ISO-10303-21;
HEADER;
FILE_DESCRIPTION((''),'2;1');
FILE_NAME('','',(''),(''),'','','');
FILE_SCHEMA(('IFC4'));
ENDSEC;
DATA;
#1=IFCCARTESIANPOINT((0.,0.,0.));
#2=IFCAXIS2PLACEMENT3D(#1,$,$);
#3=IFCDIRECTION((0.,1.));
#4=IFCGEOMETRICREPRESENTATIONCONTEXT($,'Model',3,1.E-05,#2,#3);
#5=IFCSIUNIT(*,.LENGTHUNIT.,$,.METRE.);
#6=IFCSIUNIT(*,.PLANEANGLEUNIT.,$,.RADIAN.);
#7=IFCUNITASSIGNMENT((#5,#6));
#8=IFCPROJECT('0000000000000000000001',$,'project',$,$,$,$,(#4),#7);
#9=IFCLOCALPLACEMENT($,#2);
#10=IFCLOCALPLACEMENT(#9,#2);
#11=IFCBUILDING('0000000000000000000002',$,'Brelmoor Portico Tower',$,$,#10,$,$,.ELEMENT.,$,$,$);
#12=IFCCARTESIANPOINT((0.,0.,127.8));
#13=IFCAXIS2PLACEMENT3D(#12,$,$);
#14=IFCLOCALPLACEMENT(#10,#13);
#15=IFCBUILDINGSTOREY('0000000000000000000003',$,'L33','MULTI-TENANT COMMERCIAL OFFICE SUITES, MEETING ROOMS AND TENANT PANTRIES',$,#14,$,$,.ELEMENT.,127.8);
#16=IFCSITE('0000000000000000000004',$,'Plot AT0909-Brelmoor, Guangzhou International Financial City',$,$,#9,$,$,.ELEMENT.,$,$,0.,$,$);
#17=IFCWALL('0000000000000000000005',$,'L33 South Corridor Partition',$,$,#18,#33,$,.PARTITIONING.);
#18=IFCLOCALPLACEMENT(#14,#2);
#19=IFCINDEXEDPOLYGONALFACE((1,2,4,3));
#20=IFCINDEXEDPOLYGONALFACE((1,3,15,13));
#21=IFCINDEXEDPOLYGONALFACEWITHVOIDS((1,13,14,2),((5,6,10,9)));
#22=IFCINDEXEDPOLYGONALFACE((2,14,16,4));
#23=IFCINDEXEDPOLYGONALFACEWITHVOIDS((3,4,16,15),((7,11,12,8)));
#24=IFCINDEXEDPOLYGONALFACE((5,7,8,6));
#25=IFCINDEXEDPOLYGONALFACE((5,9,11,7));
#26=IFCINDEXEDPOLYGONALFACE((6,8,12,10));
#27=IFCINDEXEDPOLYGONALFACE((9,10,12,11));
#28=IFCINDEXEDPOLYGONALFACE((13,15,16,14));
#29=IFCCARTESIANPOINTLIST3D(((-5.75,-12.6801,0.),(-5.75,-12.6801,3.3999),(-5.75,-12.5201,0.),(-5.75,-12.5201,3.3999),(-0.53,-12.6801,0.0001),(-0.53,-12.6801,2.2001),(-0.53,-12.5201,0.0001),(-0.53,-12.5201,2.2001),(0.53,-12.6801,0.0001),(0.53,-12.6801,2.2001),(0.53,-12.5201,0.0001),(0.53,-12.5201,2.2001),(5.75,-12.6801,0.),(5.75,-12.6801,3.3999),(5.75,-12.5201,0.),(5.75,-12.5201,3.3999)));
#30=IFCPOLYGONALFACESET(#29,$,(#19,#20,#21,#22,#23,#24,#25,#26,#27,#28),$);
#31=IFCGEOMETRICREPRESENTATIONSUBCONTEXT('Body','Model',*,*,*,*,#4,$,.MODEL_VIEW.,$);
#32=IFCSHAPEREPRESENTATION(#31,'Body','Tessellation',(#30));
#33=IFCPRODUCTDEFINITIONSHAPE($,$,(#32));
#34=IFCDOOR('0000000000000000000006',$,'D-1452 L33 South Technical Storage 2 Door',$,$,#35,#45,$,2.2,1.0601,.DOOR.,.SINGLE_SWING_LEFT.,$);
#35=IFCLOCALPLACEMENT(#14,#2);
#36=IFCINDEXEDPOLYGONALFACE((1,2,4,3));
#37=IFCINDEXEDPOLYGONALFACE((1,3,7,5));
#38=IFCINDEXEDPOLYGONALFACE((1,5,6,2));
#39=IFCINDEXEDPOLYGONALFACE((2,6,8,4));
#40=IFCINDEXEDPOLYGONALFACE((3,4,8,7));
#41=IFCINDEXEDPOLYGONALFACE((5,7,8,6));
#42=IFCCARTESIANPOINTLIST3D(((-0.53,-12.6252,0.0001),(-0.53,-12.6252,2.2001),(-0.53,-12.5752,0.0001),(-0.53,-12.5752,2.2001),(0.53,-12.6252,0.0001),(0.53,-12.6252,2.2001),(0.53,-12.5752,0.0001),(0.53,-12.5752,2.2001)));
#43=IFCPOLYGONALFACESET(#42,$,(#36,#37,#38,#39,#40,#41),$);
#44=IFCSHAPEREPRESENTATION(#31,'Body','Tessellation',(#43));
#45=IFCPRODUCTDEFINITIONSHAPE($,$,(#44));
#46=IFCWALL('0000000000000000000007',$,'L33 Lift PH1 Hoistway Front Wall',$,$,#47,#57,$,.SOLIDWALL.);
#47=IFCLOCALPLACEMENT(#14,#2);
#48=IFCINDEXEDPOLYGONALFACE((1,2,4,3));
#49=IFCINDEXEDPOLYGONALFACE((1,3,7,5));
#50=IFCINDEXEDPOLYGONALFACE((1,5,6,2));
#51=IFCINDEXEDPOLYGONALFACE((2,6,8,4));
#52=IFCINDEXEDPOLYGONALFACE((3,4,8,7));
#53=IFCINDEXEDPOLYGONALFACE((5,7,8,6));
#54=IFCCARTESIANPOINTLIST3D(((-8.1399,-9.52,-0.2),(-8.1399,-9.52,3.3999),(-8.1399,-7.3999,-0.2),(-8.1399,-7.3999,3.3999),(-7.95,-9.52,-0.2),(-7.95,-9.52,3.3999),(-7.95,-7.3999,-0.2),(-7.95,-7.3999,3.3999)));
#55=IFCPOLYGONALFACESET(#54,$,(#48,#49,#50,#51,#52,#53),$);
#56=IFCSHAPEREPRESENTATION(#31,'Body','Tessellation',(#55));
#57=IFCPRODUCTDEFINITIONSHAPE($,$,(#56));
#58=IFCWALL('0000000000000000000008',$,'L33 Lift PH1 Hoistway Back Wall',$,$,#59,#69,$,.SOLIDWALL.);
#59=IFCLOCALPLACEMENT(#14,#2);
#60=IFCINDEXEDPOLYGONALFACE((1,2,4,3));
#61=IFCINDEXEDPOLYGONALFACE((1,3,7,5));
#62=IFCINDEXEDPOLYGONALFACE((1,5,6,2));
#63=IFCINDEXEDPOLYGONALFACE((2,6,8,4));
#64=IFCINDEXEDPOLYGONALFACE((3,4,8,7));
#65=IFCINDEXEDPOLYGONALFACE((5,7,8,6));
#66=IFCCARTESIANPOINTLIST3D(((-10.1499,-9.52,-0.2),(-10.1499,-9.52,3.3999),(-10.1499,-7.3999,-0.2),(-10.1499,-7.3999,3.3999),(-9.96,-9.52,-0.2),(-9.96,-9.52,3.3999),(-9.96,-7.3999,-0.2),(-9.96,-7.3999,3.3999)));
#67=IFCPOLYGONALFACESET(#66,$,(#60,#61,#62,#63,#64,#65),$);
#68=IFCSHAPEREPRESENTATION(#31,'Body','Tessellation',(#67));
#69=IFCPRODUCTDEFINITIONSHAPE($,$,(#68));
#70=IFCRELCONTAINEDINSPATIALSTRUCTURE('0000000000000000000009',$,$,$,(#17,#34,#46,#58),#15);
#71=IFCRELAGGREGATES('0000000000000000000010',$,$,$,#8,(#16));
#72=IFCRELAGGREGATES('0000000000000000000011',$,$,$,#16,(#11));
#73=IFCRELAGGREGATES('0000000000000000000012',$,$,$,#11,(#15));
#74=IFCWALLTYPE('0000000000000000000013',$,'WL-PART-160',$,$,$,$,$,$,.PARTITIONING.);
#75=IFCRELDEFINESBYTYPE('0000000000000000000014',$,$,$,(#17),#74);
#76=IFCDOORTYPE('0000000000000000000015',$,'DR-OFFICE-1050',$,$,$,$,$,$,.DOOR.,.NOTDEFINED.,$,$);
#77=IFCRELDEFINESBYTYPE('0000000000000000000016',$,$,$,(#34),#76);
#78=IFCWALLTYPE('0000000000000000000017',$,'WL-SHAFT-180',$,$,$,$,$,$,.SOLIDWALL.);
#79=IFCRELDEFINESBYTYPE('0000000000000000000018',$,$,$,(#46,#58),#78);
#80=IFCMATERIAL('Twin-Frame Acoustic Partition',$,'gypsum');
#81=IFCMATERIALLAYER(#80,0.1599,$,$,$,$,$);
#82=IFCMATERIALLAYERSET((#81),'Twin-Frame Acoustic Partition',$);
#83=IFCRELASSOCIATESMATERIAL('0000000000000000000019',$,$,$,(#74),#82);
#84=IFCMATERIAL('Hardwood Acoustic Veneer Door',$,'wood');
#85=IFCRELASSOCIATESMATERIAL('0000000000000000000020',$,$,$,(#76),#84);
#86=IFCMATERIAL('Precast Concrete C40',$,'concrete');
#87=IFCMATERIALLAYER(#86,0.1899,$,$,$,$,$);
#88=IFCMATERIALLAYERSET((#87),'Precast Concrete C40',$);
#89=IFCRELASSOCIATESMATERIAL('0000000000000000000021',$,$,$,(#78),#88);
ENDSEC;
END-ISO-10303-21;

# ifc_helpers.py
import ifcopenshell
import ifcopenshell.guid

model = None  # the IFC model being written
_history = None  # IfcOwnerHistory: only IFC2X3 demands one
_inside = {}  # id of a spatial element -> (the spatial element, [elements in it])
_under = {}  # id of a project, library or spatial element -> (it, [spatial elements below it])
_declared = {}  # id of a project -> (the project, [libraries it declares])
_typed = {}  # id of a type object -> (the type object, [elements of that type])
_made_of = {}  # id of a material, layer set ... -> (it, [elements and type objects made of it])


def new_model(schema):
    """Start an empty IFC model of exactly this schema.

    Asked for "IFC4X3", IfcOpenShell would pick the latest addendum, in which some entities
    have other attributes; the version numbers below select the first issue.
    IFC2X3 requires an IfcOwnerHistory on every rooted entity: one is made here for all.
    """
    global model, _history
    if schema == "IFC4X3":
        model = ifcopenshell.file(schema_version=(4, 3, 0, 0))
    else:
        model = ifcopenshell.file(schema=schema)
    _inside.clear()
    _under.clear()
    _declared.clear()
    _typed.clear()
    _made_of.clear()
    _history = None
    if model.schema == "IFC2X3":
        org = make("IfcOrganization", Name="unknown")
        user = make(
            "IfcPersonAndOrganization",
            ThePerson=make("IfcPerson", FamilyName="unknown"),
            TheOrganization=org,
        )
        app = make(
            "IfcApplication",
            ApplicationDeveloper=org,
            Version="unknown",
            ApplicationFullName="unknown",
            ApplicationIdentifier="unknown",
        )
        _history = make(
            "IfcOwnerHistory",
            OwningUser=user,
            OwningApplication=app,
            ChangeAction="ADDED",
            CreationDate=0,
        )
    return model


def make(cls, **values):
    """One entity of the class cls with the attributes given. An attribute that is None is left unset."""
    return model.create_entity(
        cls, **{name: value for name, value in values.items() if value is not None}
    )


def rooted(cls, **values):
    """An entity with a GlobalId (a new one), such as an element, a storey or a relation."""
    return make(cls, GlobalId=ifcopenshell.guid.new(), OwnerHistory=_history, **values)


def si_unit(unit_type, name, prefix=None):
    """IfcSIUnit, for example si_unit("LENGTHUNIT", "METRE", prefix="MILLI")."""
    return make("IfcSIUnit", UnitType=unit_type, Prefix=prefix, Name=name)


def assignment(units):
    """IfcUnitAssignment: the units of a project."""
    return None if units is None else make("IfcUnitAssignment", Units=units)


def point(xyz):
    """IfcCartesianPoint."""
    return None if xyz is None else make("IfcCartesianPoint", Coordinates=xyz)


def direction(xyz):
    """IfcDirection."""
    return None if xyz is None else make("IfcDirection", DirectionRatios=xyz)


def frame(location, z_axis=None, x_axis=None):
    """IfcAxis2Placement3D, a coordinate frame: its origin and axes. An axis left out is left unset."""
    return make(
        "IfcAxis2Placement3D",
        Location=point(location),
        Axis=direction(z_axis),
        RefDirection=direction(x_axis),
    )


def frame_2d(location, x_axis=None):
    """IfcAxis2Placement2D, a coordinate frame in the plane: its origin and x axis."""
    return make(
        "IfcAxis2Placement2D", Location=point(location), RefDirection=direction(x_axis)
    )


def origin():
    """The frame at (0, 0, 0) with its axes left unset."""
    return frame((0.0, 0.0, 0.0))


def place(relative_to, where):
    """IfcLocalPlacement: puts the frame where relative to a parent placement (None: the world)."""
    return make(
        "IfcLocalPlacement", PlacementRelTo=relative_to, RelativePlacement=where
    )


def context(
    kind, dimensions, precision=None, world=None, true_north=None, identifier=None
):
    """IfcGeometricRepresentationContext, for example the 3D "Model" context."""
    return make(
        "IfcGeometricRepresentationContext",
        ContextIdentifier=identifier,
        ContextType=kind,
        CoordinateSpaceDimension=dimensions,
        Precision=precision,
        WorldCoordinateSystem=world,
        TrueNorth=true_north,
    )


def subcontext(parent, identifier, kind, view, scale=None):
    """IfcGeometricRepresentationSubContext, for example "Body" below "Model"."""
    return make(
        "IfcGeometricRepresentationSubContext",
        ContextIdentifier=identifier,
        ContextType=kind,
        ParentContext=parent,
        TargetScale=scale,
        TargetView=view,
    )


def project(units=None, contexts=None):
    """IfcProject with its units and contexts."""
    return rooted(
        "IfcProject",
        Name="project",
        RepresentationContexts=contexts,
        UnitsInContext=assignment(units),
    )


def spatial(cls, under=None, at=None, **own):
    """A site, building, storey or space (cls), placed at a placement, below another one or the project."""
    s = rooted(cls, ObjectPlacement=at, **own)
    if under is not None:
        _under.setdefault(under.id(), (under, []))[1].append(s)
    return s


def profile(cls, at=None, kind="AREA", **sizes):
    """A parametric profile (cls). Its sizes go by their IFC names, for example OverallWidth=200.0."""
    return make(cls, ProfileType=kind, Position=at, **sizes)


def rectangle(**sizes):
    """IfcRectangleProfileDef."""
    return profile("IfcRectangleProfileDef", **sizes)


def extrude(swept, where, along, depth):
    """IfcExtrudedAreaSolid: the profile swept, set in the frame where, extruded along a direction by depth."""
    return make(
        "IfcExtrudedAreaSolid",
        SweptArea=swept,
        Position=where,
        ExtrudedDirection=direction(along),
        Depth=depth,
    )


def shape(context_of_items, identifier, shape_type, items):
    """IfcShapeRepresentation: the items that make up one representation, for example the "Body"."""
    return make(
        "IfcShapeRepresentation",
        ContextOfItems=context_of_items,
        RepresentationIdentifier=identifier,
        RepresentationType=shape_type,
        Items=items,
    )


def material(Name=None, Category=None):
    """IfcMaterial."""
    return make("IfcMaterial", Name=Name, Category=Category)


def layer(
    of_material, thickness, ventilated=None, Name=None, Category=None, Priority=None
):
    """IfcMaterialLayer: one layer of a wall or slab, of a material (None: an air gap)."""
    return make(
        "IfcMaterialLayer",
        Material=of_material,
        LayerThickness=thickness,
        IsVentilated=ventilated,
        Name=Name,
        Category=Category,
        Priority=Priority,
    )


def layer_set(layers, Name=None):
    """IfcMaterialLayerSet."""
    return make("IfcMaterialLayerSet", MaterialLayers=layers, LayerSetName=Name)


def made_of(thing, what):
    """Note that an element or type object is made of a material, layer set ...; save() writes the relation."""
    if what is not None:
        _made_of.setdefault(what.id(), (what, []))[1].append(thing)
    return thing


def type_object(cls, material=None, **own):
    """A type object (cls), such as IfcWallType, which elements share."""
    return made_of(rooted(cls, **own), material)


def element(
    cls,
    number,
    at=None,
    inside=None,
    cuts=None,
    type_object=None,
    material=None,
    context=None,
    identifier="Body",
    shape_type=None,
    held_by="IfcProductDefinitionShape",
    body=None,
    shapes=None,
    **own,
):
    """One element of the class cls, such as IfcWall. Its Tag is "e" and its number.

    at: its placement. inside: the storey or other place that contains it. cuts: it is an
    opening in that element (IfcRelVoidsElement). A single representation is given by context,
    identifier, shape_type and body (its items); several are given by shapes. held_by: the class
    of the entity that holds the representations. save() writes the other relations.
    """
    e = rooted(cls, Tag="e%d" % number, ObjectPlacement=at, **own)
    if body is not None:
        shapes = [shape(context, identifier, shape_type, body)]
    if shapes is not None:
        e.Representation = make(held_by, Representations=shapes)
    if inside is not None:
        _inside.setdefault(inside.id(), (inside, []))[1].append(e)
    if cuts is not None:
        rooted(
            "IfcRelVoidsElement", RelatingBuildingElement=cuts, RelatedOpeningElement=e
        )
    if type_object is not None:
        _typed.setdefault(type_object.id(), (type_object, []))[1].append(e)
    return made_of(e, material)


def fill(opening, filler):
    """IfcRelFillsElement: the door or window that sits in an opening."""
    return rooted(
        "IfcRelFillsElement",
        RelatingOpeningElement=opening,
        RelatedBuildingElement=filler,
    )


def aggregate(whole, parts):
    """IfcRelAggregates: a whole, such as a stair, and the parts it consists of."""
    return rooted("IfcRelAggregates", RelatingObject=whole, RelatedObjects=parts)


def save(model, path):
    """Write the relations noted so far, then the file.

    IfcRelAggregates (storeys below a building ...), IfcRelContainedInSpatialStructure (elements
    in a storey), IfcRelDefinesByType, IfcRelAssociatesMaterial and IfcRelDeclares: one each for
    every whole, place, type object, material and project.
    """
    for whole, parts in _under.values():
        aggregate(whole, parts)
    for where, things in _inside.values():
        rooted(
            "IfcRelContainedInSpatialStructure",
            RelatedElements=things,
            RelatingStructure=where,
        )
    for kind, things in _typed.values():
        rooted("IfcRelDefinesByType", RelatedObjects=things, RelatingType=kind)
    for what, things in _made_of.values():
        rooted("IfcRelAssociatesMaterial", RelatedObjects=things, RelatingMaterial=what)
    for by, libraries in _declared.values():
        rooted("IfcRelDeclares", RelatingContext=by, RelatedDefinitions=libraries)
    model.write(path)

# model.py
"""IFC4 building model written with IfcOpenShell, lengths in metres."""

from ifc_helpers import new_model, si_unit, direction, frame, frame_2d, origin, place, context, subcontext, project, spatial, rectangle, extrude, material, layer, layer_set, type_object, element, fill, save


model = new_model("IFC4")

# Units and contexts
model_context = context("Model", 3, precision=1e-05, world=origin(), true_north=direction((0.0, 1.0)))
body_context = subcontext(model_context, "Body", "Model", "MODEL_VIEW")
ifc_project = project(units=[si_unit("LENGTHUNIT", "METRE"), si_unit("PLANEANGLEUNIT", "RADIAN")], contexts=[model_context])

# Site, building, storey
site_placement = place(None, origin())
site = spatial("IfcSite", under=ifc_project, at=site_placement, Name="Plot AT0909-Brelmoor, Guangzhou International Financial City", CompositionType="ELEMENT", RefElevation=0.0)
building_placement = place(site_placement, origin())
building = spatial("IfcBuilding", under=site, at=building_placement, Name="Brelmoor Portico Tower", CompositionType="ELEMENT")
storey_placement = place(building_placement, frame((0.0, 0.0, 127.8)))
storey = spatial("IfcBuildingStorey", under=building, at=storey_placement, Name="L33", Description="MULTI-TENANT COMMERCIAL OFFICE SUITES, MEETING ROOMS AND TENANT PANTRIES", CompositionType="ELEMENT", Elevation=127.8)

# Wall, opening, door
ifc_material_1 = material(Name="Twin-Frame Acoustic Partition", Category="gypsum")
ifc_layer_1 = layer(ifc_material_1, 0.1599)
ifc_layer_set_1 = layer_set([ifc_layer_1], Name="Twin-Frame Acoustic Partition")
wall_type_1 = type_object("IfcWallType", Name="WL-PART-160", PredefinedType="PARTITIONING", material=ifc_layer_set_1)
wall_1_placement = place(storey_placement, frame((-5.75, -12.6001, 0.0), z_axis=(0.0, 0.0, 1.0), x_axis=(1.0, 0.0, 0.0)))
wall_1 = element("IfcWall", 1, at=wall_1_placement, inside=storey, type_object=wall_type_1, Name="L33 South Corridor Partition", PredefinedType="PARTITIONING", context=body_context, shape_type="SweptSolid", body=[
    extrude(rectangle(XDim=11.5, YDim=0.1599, at=frame_2d((5.75, 0.0))), origin(), (0.0, 0.0, 1.0), 3.3999),
])
opening_1_placement = place(wall_1_placement, frame((5.22, 0.0, 0.0)))
opening_1 = element("IfcOpeningElement", 2, at=opening_1_placement, cuts=wall_1, PredefinedType="OPENING", context=body_context, shape_type="SweptSolid", body=[
    extrude(rectangle(XDim=1.0601, YDim=2.2, at=frame_2d((0.53, 1.1001))), frame((0.0, 0.0898, 0.0), z_axis=(0.0, -1.0, 0.0), x_axis=(1.0, 0.0, 0.0)), (0.0, 0.0, 1.0), 0.1799),
])
ifc_material_2 = material(Name="Hardwood Acoustic Veneer Door", Category="wood")
door_type_1 = type_object("IfcDoorType", Name="DR-OFFICE-1050", OperationType="NOTDEFINED", PredefinedType="DOOR", material=ifc_material_2)
door_1_placement = place(opening_1_placement, origin())
door_1 = element("IfcDoor", 3, at=door_1_placement, inside=storey, type_object=door_type_1, Name="D-1452 L33 South Technical Storage 2 Door", OperationType="SINGLE_SWING_LEFT", OverallHeight=2.2, OverallWidth=1.0601, PredefinedType="DOOR", context=body_context, shape_type="SweptSolid", body=[
    extrude(rectangle(XDim=1.0601, YDim=2.2, at=frame_2d((0.53, 1.1001))), frame((0.0, 0.0249, 0.0), z_axis=(0.0, -1.0, 0.0), x_axis=(1.0, 0.0, 0.0)), (0.0, 0.0, 1.0), 0.05),
])
fill(opening_1, door_1)

# Walls
ifc_material_3 = material(Name="Precast Concrete C40", Category="concrete")
ifc_layer_2 = layer(ifc_material_3, 0.1899)
ifc_layer_set_2 = layer_set([ifc_layer_2], Name="Precast Concrete C40")
wall_type_2 = type_object("IfcWallType", Name="WL-SHAFT-180", PredefinedType="SOLIDWALL", material=ifc_layer_set_2)
for number, where, z_axis, x_axis, name in (
    (4, (-8.0449, -9.52, -0.2), (0.0, 0.0, 1.0), (0.0, 1.0, 0.0), "L33 Lift PH1 Hoistway Front Wall"),
    (5, (-10.0549, -9.52, -0.2), (0.0, 0.0, 1.0), (0.0, 1.0, 0.0), "L33 Lift PH1 Hoistway Back Wall"),
):
    element("IfcWall", number, at=place(storey_placement, frame(where, z_axis=z_axis, x_axis=x_axis)), inside=storey, type_object=wall_type_2, Name=name, PredefinedType="SOLIDWALL", context=body_context, shape_type="SweptSolid", body=[
        extrude(rectangle(XDim=2.1201, YDim=0.1899, at=frame_2d((1.0601, 0.0))), origin(), (0.0, 0.0, 1.0), 3.5999),
    ])

save(model, "model.ifc")
